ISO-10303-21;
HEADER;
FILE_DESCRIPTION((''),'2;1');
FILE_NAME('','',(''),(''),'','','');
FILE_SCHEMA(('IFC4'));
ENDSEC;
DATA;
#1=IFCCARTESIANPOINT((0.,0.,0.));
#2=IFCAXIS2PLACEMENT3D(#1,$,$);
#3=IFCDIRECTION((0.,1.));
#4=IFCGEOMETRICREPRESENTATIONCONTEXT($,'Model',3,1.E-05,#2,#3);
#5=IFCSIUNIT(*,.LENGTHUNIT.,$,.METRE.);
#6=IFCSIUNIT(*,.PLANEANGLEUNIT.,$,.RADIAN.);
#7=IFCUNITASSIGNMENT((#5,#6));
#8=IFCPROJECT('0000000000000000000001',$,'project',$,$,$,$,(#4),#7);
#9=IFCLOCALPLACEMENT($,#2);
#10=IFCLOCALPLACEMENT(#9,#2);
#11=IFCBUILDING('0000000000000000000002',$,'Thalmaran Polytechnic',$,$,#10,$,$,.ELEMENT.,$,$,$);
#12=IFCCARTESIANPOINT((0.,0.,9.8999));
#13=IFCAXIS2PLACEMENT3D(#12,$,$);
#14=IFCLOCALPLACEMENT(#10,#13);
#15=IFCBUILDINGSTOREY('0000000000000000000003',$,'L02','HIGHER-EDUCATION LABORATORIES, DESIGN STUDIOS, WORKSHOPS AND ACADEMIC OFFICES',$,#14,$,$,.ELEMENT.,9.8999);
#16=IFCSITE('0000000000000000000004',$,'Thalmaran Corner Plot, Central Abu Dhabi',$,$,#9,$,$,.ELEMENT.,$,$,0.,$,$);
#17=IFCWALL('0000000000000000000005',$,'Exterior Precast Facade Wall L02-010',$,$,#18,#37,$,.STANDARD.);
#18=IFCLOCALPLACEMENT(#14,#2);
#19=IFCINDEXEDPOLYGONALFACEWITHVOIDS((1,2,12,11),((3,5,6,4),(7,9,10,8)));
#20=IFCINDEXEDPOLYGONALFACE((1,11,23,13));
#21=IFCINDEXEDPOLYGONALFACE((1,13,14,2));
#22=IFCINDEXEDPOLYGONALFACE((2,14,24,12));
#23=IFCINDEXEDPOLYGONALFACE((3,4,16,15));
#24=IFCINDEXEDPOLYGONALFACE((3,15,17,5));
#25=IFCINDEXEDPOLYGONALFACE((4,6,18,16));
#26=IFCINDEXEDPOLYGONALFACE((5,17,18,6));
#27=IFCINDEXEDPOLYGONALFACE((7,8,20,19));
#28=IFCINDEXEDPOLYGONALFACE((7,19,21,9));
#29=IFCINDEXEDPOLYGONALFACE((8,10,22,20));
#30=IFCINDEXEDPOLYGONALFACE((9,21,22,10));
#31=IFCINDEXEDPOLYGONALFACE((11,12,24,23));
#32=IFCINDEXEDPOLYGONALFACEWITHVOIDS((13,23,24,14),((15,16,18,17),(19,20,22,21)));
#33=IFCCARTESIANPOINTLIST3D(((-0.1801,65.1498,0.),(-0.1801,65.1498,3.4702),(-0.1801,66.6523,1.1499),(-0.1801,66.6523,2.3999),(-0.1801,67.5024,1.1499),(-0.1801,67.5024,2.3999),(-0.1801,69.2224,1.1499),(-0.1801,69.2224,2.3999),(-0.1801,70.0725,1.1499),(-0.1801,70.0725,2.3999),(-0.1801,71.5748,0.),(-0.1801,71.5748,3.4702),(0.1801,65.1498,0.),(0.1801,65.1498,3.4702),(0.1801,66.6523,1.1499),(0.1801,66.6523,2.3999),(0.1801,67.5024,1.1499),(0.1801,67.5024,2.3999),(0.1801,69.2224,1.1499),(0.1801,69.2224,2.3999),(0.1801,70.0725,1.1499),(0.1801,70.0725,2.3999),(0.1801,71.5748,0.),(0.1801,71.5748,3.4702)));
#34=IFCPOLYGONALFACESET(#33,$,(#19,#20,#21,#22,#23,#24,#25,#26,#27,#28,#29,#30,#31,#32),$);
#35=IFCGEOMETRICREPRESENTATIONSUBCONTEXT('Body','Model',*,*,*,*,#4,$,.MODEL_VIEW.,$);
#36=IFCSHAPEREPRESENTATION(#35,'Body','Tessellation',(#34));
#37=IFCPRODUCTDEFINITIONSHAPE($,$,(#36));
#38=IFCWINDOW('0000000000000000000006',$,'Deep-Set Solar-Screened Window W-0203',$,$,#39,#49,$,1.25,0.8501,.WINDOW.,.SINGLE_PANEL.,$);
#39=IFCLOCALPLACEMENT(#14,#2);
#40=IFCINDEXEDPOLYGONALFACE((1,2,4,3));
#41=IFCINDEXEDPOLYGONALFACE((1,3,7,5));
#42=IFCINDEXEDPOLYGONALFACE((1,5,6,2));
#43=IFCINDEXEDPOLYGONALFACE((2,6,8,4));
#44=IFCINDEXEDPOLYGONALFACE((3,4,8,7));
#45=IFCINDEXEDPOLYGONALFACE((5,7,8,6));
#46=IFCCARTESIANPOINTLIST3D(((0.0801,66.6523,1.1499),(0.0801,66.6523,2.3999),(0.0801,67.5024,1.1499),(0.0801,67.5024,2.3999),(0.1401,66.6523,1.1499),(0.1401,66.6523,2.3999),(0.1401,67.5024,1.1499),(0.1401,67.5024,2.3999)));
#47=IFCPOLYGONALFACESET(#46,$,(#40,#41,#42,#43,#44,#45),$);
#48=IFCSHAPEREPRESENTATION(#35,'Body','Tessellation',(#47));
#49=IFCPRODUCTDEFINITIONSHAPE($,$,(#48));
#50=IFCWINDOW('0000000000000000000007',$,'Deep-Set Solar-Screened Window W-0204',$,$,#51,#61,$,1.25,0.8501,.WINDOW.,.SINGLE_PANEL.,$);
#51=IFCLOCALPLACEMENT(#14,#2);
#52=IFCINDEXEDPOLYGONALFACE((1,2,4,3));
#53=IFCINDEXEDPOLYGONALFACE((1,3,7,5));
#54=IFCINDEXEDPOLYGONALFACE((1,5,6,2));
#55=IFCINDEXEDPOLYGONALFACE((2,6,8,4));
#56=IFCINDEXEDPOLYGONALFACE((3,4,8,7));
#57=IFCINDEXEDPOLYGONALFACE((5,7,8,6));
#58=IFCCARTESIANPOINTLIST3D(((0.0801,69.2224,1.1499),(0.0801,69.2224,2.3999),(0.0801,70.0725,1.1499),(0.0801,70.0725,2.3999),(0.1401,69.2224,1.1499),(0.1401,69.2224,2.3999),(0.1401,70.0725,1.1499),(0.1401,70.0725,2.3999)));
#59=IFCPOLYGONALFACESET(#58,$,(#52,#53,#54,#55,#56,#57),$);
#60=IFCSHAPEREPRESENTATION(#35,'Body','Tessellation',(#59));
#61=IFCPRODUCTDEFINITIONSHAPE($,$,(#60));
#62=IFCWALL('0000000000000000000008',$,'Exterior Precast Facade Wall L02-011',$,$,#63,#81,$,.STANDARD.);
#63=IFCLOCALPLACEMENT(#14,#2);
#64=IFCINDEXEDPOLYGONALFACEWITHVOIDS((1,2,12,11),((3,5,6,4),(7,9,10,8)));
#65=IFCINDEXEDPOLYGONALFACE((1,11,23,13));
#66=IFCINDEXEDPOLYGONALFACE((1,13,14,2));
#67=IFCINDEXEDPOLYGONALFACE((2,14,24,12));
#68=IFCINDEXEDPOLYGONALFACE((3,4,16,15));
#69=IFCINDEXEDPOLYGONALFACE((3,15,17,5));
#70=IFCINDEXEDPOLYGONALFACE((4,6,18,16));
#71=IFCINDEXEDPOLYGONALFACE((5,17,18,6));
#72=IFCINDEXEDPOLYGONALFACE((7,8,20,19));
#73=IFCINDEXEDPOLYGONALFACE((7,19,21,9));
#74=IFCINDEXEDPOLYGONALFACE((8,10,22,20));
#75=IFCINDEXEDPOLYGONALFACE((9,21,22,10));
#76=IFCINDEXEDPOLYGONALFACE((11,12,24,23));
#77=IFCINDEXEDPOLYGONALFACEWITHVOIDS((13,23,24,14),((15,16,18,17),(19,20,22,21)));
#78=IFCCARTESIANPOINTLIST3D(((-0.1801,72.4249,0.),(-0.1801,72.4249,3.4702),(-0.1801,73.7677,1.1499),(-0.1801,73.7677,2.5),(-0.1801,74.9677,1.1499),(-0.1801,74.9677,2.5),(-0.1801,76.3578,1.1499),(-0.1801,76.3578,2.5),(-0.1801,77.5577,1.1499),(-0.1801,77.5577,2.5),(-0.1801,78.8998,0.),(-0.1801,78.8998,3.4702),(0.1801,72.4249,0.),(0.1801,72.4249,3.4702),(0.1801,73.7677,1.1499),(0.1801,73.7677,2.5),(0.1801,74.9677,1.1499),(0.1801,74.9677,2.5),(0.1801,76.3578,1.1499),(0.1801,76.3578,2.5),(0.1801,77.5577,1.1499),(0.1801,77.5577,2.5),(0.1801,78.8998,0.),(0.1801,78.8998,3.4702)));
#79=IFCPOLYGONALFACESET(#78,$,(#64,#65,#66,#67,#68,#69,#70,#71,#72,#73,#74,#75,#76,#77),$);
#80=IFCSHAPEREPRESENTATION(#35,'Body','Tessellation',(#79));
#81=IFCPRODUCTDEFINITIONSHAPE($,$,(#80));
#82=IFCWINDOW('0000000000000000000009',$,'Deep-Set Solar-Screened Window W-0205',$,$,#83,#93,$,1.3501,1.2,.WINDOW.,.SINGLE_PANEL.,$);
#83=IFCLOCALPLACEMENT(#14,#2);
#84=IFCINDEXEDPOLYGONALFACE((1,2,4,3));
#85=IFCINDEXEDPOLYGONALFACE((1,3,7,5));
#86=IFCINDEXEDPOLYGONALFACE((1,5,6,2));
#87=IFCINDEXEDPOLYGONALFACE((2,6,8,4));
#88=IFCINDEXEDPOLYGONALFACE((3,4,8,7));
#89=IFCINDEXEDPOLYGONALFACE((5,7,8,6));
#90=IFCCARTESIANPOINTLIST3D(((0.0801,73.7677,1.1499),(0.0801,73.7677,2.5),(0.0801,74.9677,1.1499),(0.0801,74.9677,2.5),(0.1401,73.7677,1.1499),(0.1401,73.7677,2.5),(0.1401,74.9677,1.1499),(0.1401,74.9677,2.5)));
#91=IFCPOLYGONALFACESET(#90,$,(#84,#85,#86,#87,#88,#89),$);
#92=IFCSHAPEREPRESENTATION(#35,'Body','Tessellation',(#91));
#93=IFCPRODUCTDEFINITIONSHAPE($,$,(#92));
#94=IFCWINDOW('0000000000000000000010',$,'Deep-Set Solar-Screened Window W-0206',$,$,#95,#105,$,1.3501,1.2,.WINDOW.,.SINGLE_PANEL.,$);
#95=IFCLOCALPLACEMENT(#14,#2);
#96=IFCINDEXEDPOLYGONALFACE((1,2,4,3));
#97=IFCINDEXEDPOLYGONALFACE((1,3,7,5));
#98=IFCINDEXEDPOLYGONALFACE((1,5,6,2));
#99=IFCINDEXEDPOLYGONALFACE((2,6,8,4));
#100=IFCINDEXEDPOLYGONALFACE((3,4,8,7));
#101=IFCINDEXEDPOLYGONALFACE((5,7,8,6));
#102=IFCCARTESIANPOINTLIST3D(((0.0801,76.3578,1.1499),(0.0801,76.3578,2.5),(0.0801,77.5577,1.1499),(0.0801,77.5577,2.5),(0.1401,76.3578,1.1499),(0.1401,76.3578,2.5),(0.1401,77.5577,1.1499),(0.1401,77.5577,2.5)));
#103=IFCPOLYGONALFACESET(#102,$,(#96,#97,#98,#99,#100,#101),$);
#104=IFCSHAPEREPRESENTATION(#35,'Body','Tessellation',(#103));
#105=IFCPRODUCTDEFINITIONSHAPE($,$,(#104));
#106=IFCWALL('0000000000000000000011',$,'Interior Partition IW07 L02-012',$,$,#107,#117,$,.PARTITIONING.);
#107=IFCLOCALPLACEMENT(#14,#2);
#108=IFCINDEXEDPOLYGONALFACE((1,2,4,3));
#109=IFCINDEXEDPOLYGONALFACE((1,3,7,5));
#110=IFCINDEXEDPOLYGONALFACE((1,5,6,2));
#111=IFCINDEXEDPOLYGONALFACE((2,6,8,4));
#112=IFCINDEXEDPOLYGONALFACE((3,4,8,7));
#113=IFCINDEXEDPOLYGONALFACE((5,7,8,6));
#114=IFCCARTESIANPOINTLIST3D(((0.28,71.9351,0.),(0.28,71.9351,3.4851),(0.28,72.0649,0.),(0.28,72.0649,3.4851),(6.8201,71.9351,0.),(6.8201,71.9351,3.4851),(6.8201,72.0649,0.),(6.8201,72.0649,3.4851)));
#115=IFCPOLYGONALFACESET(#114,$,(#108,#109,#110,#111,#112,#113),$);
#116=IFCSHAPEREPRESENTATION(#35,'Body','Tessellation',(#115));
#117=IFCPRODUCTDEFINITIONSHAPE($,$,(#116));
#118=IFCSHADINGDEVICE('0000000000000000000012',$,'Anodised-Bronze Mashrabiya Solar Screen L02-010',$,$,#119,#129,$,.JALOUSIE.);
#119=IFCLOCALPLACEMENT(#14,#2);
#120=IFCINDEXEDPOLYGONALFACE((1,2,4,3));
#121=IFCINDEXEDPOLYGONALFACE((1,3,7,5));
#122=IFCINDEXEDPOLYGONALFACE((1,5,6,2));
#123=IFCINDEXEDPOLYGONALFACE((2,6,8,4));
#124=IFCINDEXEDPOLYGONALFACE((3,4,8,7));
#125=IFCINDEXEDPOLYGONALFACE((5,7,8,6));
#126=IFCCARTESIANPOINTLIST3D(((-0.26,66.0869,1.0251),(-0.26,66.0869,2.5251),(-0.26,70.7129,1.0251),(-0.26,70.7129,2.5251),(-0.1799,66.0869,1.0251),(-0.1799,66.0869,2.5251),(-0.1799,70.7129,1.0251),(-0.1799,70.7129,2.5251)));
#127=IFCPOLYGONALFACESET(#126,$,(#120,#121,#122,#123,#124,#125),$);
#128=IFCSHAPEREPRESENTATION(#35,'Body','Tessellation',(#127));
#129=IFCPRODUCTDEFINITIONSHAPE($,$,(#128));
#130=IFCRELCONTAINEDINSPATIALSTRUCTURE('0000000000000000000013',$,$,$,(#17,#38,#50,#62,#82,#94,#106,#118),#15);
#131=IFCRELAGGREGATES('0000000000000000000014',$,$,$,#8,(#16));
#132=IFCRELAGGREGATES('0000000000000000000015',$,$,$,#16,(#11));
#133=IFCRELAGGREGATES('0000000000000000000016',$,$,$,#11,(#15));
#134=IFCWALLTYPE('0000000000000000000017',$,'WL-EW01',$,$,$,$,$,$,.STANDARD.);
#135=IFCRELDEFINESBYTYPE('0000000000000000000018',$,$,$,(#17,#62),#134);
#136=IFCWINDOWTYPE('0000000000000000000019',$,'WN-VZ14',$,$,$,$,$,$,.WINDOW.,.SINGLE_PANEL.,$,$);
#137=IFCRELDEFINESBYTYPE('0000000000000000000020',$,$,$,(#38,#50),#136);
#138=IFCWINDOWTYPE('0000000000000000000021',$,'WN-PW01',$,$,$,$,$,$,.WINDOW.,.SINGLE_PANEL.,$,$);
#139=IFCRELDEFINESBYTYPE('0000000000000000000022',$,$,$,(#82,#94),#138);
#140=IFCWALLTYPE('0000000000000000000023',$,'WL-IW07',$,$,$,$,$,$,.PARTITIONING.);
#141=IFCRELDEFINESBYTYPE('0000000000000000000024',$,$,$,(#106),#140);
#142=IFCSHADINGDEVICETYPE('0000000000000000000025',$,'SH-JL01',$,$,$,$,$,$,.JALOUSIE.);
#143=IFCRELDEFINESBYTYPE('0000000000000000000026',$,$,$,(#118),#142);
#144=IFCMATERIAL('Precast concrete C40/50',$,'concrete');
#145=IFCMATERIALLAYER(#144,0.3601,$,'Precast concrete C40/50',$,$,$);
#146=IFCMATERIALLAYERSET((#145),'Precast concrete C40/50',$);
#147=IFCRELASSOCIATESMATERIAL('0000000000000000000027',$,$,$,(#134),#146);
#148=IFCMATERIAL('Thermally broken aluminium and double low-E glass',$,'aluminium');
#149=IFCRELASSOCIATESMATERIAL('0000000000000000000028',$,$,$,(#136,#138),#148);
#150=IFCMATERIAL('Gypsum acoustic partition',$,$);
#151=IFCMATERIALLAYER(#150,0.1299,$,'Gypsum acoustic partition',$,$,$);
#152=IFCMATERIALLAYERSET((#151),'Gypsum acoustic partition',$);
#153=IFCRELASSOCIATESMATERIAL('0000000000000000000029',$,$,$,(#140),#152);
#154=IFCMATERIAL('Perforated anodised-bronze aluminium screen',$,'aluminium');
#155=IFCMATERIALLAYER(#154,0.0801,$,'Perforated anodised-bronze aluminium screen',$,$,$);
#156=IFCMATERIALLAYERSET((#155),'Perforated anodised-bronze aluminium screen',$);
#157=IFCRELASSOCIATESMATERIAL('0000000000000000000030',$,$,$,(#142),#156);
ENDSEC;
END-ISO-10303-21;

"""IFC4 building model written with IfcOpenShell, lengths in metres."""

from ifc_helpers import new_model, si_unit, direction, frame, frame_2d, origin, origin_2d, place, context, subcontext, project, spatial, rectangle, extrude, material, layer, layer_set, type_object, element, fill, save


model = new_model("IFC4")

# Units and contexts
model_context = context("Model", 3, precision=1e-05, world=origin(), true_north=direction((0.0, 1.0)))
body_context = subcontext(model_context, "Body", "Model", "MODEL_VIEW")
ifc_project = project(units=[si_unit("LENGTHUNIT", "METRE"), si_unit("PLANEANGLEUNIT", "RADIAN")], contexts=[model_context])

# Site, building, storey
site_placement = place(None, origin())
site = spatial("IfcSite", under=ifc_project, at=site_placement, Name="Thalmaran Corner Plot, Central Abu Dhabi", CompositionType="ELEMENT", RefElevation=0.0)
building_placement = place(site_placement, origin())
building = spatial("IfcBuilding", under=site, at=building_placement, Name="Thalmaran Polytechnic", CompositionType="ELEMENT")
storey_placement = place(building_placement, frame((0.0, 0.0, 9.8999)))
storey = spatial("IfcBuildingStorey", under=building, at=storey_placement, Name="L02", Description="HIGHER-EDUCATION LABORATORIES, DESIGN STUDIOS, WORKSHOPS AND ACADEMIC OFFICES", CompositionType="ELEMENT", Elevation=9.8999)

# Walls, openings, windows
ifc_material_1 = material(Name="Precast concrete C40/50", Category="concrete")
ifc_layer_1 = layer(ifc_material_1, 0.3601, Name="Precast concrete C40/50")
ifc_layer_set_1 = layer_set([ifc_layer_1], Name="Precast concrete C40/50")
wall_type_1 = type_object("IfcWallType", Name="WL-EW01", PredefinedType="STANDARD", material=ifc_layer_set_1)
wall_1_placement = place(storey_placement, frame((0.0, 65.1499, 0.0), z_axis=(0.0, 0.0, 1.0), x_axis=(0.0, 1.0, 0.0)))
wall_1 = element("IfcWall", 1, at=wall_1_placement, inside=storey, type_object=wall_type_1, Name="Exterior Precast Facade Wall L02-010", PredefinedType="STANDARD", context=body_context, shape_type="SweptSolid", body=[
    extrude(rectangle(XDim=6.425, YDim=0.3601, at=frame_2d((3.2124, 0.0))), origin(), (0.0, 0.0, 1.0), 3.4702),
])
opening_1_placement = place(wall_1_placement, frame((1.5024, 0.0, 1.1499)))
opening_1 = element("IfcOpeningElement", 2, at=opening_1_placement, cuts=wall_1, PredefinedType="OPENING", context=body_context, shape_type="SweptSolid", body=[
    extrude(rectangle(XDim=0.8501, YDim=1.25, at=frame_2d((0.425, 0.625))), frame((0.0, 0.1899, 0.0), z_axis=(0.0, -1.0, 0.0), x_axis=(1.0, 0.0, 0.0)), (0.0, 0.0, 1.0), 0.3801),
])
opening_2_placement = place(wall_1_placement, frame((4.0725, 0.0, 1.1499)))
opening_2 = element("IfcOpeningElement", 3, at=opening_2_placement, cuts=wall_1, PredefinedType="OPENING", context=body_context, shape_type="SweptSolid", body=[
    extrude(rectangle(XDim=0.8501, YDim=1.25, at=frame_2d((0.425, 0.625))), frame((0.0, 0.1899, 0.0), z_axis=(0.0, -1.0, 0.0), x_axis=(1.0, 0.0, 0.0)), (0.0, 0.0, 1.0), 0.3801),
])
ifc_material_2 = material(Name="Thermally broken aluminium and double low-E glass", Category="aluminium")
window_type_1 = type_object("IfcWindowType", Name="WN-VZ14", PartitioningType="SINGLE_PANEL", PredefinedType="WINDOW", material=ifc_material_2)
window_1_placement = place(opening_1_placement, origin())
window_1 = element("IfcWindow", 4, at=window_1_placement, inside=storey, type_object=window_type_1, Name="Deep-Set Solar-Screened Window W-0203", OverallHeight=1.25, OverallWidth=0.8501, PartitioningType="SINGLE_PANEL", PredefinedType="WINDOW", context=body_context, shape_type="SweptSolid", body=[
    extrude(rectangle(XDim=0.8501, YDim=1.25, at=frame_2d((0.425, 0.625))), frame((0.0, -0.0801, 0.0), z_axis=(0.0, -1.0, 0.0), x_axis=(1.0, 0.0, 0.0)), (0.0, 0.0, 1.0), 0.0601),
])
fill(opening_1, window_1)
window_2_placement = place(opening_2_placement, origin())
window_2 = element("IfcWindow", 5, at=window_2_placement, inside=storey, type_object=window_type_1, Name="Deep-Set Solar-Screened Window W-0204", OverallHeight=1.25, OverallWidth=0.8501, PartitioningType="SINGLE_PANEL", PredefinedType="WINDOW", context=body_context, shape_type="SweptSolid", body=[
    extrude(rectangle(XDim=0.8501, YDim=1.25, at=frame_2d((0.425, 0.625))), frame((0.0, -0.0801, 0.0), z_axis=(0.0, -1.0, 0.0), x_axis=(1.0, 0.0, 0.0)), (0.0, 0.0, 1.0), 0.0601),
])
fill(opening_2, window_2)
wall_2_placement = place(storey_placement, frame((0.0, 72.425, 0.0), z_axis=(0.0, 0.0, 1.0), x_axis=(0.0, 1.0, 0.0)))
wall_2 = element("IfcWall", 6, at=wall_2_placement, inside=storey, type_object=wall_type_1, Name="Exterior Precast Facade Wall L02-011", PredefinedType="STANDARD", context=body_context, shape_type="SweptSolid", body=[
    extrude(rectangle(XDim=6.4749, YDim=0.3601, at=frame_2d((3.2373, 0.0))), origin(), (0.0, 0.0, 1.0), 3.4702),
])
opening_3_placement = place(wall_2_placement, frame((1.3425, 0.0, 1.1499)))
opening_3 = element("IfcOpeningElement", 7, at=opening_3_placement, cuts=wall_2, PredefinedType="OPENING", context=body_context, shape_type="SweptSolid", body=[
    extrude(rectangle(XDim=1.2, YDim=1.3501, at=frame_2d((0.6001, 0.675))), frame((0.0, 0.1899, 0.0), z_axis=(0.0, -1.0, 0.0), x_axis=(1.0, 0.0, 0.0)), (0.0, 0.0, 1.0), 0.3801),
])
opening_4_placement = place(wall_2_placement, frame((3.9326, 0.0, 1.1499)))
opening_4 = element("IfcOpeningElement", 8, at=opening_4_placement, cuts=wall_2, PredefinedType="OPENING", context=body_context, shape_type="SweptSolid", body=[
    extrude(rectangle(XDim=1.2, YDim=1.3501, at=frame_2d((0.6001, 0.675))), frame((0.0, 0.1899, 0.0), z_axis=(0.0, -1.0, 0.0), x_axis=(1.0, 0.0, 0.0)), (0.0, 0.0, 1.0), 0.3801),
])
window_type_2 = type_object("IfcWindowType", Name="WN-PW01", PartitioningType="SINGLE_PANEL", PredefinedType="WINDOW", material=ifc_material_2)
window_3_placement = place(opening_3_placement, origin())
window_3 = element("IfcWindow", 9, at=window_3_placement, inside=storey, type_object=window_type_2, Name="Deep-Set Solar-Screened Window W-0205", OverallHeight=1.3501, OverallWidth=1.2, PartitioningType="SINGLE_PANEL", PredefinedType="WINDOW", context=body_context, shape_type="SweptSolid", body=[
    extrude(rectangle(XDim=1.2, YDim=1.3501, at=frame_2d((0.6001, 0.675))), frame((0.0, -0.0801, 0.0), z_axis=(0.0, -1.0, 0.0), x_axis=(1.0, 0.0, 0.0)), (0.0, 0.0, 1.0), 0.0601),
])
fill(opening_3, window_3)
window_4_placement = place(opening_4_placement, origin())
window_4 = element("IfcWindow", 10, at=window_4_placement, inside=storey, type_object=window_type_2, Name="Deep-Set Solar-Screened Window W-0206", OverallHeight=1.3501, OverallWidth=1.2, PartitioningType="SINGLE_PANEL", PredefinedType="WINDOW", context=body_context, shape_type="SweptSolid", body=[
    extrude(rectangle(XDim=1.2, YDim=1.3501, at=frame_2d((0.6001, 0.675))), frame((0.0, -0.0801, 0.0), z_axis=(0.0, -1.0, 0.0), x_axis=(1.0, 0.0, 0.0)), (0.0, 0.0, 1.0), 0.0601),
])
fill(opening_4, window_4)

# Wall
ifc_material_3 = material(Name="Gypsum acoustic partition")
ifc_layer_2 = layer(ifc_material_3, 0.1299, Name="Gypsum acoustic partition")
ifc_layer_set_2 = layer_set([ifc_layer_2], Name="Gypsum acoustic partition")
wall_type_2 = type_object("IfcWallType", Name="WL-IW07", PredefinedType="PARTITIONING", material=ifc_layer_set_2)
wall_3_placement = place(storey_placement, frame((0.28, 72.0, 0.0), z_axis=(0.0, 0.0, 1.0), x_axis=(1.0, 0.0, 0.0)))
element("IfcWall", 11, at=wall_3_placement, inside=storey, type_object=wall_type_2, Name="Interior Partition IW07 L02-012", PredefinedType="PARTITIONING", context=body_context, shape_type="SweptSolid", body=[
    extrude(rectangle(XDim=6.54, YDim=0.1299, at=frame_2d((3.27, 0.0))), origin(), (0.0, 0.0, 1.0), 3.4851),
])

# Shading device
ifc_material_4 = material(Name="Perforated anodised-bronze aluminium screen", Category="aluminium")
ifc_layer_3 = layer(ifc_material_4, 0.0801, Name="Perforated anodised-bronze aluminium screen")
ifc_layer_set_3 = layer_set([ifc_layer_3], Name="Perforated anodised-bronze aluminium screen")
shading_device_type = type_object("IfcShadingDeviceType", Name="SH-JL01", PredefinedType="JALOUSIE", material=ifc_layer_set_3)
shading_device_placement = place(storey_placement, frame((-0.22, 68.3999, 1.0251), z_axis=(0.0, 0.0, 1.0), x_axis=(0.0, 1.0, 0.0)))
element("IfcShadingDevice", 12, at=shading_device_placement, inside=storey, type_object=shading_device_type, Name="Anodised-Bronze Mashrabiya Solar Screen L02-010", PredefinedType="JALOUSIE", context=body_context, shape_type="SweptSolid", body=[
    extrude(rectangle(XDim=4.626, YDim=0.0801, at=origin_2d()), origin(), (0.0, 0.0, 1.0), 1.5),
])

save(model, "model.ifc")
